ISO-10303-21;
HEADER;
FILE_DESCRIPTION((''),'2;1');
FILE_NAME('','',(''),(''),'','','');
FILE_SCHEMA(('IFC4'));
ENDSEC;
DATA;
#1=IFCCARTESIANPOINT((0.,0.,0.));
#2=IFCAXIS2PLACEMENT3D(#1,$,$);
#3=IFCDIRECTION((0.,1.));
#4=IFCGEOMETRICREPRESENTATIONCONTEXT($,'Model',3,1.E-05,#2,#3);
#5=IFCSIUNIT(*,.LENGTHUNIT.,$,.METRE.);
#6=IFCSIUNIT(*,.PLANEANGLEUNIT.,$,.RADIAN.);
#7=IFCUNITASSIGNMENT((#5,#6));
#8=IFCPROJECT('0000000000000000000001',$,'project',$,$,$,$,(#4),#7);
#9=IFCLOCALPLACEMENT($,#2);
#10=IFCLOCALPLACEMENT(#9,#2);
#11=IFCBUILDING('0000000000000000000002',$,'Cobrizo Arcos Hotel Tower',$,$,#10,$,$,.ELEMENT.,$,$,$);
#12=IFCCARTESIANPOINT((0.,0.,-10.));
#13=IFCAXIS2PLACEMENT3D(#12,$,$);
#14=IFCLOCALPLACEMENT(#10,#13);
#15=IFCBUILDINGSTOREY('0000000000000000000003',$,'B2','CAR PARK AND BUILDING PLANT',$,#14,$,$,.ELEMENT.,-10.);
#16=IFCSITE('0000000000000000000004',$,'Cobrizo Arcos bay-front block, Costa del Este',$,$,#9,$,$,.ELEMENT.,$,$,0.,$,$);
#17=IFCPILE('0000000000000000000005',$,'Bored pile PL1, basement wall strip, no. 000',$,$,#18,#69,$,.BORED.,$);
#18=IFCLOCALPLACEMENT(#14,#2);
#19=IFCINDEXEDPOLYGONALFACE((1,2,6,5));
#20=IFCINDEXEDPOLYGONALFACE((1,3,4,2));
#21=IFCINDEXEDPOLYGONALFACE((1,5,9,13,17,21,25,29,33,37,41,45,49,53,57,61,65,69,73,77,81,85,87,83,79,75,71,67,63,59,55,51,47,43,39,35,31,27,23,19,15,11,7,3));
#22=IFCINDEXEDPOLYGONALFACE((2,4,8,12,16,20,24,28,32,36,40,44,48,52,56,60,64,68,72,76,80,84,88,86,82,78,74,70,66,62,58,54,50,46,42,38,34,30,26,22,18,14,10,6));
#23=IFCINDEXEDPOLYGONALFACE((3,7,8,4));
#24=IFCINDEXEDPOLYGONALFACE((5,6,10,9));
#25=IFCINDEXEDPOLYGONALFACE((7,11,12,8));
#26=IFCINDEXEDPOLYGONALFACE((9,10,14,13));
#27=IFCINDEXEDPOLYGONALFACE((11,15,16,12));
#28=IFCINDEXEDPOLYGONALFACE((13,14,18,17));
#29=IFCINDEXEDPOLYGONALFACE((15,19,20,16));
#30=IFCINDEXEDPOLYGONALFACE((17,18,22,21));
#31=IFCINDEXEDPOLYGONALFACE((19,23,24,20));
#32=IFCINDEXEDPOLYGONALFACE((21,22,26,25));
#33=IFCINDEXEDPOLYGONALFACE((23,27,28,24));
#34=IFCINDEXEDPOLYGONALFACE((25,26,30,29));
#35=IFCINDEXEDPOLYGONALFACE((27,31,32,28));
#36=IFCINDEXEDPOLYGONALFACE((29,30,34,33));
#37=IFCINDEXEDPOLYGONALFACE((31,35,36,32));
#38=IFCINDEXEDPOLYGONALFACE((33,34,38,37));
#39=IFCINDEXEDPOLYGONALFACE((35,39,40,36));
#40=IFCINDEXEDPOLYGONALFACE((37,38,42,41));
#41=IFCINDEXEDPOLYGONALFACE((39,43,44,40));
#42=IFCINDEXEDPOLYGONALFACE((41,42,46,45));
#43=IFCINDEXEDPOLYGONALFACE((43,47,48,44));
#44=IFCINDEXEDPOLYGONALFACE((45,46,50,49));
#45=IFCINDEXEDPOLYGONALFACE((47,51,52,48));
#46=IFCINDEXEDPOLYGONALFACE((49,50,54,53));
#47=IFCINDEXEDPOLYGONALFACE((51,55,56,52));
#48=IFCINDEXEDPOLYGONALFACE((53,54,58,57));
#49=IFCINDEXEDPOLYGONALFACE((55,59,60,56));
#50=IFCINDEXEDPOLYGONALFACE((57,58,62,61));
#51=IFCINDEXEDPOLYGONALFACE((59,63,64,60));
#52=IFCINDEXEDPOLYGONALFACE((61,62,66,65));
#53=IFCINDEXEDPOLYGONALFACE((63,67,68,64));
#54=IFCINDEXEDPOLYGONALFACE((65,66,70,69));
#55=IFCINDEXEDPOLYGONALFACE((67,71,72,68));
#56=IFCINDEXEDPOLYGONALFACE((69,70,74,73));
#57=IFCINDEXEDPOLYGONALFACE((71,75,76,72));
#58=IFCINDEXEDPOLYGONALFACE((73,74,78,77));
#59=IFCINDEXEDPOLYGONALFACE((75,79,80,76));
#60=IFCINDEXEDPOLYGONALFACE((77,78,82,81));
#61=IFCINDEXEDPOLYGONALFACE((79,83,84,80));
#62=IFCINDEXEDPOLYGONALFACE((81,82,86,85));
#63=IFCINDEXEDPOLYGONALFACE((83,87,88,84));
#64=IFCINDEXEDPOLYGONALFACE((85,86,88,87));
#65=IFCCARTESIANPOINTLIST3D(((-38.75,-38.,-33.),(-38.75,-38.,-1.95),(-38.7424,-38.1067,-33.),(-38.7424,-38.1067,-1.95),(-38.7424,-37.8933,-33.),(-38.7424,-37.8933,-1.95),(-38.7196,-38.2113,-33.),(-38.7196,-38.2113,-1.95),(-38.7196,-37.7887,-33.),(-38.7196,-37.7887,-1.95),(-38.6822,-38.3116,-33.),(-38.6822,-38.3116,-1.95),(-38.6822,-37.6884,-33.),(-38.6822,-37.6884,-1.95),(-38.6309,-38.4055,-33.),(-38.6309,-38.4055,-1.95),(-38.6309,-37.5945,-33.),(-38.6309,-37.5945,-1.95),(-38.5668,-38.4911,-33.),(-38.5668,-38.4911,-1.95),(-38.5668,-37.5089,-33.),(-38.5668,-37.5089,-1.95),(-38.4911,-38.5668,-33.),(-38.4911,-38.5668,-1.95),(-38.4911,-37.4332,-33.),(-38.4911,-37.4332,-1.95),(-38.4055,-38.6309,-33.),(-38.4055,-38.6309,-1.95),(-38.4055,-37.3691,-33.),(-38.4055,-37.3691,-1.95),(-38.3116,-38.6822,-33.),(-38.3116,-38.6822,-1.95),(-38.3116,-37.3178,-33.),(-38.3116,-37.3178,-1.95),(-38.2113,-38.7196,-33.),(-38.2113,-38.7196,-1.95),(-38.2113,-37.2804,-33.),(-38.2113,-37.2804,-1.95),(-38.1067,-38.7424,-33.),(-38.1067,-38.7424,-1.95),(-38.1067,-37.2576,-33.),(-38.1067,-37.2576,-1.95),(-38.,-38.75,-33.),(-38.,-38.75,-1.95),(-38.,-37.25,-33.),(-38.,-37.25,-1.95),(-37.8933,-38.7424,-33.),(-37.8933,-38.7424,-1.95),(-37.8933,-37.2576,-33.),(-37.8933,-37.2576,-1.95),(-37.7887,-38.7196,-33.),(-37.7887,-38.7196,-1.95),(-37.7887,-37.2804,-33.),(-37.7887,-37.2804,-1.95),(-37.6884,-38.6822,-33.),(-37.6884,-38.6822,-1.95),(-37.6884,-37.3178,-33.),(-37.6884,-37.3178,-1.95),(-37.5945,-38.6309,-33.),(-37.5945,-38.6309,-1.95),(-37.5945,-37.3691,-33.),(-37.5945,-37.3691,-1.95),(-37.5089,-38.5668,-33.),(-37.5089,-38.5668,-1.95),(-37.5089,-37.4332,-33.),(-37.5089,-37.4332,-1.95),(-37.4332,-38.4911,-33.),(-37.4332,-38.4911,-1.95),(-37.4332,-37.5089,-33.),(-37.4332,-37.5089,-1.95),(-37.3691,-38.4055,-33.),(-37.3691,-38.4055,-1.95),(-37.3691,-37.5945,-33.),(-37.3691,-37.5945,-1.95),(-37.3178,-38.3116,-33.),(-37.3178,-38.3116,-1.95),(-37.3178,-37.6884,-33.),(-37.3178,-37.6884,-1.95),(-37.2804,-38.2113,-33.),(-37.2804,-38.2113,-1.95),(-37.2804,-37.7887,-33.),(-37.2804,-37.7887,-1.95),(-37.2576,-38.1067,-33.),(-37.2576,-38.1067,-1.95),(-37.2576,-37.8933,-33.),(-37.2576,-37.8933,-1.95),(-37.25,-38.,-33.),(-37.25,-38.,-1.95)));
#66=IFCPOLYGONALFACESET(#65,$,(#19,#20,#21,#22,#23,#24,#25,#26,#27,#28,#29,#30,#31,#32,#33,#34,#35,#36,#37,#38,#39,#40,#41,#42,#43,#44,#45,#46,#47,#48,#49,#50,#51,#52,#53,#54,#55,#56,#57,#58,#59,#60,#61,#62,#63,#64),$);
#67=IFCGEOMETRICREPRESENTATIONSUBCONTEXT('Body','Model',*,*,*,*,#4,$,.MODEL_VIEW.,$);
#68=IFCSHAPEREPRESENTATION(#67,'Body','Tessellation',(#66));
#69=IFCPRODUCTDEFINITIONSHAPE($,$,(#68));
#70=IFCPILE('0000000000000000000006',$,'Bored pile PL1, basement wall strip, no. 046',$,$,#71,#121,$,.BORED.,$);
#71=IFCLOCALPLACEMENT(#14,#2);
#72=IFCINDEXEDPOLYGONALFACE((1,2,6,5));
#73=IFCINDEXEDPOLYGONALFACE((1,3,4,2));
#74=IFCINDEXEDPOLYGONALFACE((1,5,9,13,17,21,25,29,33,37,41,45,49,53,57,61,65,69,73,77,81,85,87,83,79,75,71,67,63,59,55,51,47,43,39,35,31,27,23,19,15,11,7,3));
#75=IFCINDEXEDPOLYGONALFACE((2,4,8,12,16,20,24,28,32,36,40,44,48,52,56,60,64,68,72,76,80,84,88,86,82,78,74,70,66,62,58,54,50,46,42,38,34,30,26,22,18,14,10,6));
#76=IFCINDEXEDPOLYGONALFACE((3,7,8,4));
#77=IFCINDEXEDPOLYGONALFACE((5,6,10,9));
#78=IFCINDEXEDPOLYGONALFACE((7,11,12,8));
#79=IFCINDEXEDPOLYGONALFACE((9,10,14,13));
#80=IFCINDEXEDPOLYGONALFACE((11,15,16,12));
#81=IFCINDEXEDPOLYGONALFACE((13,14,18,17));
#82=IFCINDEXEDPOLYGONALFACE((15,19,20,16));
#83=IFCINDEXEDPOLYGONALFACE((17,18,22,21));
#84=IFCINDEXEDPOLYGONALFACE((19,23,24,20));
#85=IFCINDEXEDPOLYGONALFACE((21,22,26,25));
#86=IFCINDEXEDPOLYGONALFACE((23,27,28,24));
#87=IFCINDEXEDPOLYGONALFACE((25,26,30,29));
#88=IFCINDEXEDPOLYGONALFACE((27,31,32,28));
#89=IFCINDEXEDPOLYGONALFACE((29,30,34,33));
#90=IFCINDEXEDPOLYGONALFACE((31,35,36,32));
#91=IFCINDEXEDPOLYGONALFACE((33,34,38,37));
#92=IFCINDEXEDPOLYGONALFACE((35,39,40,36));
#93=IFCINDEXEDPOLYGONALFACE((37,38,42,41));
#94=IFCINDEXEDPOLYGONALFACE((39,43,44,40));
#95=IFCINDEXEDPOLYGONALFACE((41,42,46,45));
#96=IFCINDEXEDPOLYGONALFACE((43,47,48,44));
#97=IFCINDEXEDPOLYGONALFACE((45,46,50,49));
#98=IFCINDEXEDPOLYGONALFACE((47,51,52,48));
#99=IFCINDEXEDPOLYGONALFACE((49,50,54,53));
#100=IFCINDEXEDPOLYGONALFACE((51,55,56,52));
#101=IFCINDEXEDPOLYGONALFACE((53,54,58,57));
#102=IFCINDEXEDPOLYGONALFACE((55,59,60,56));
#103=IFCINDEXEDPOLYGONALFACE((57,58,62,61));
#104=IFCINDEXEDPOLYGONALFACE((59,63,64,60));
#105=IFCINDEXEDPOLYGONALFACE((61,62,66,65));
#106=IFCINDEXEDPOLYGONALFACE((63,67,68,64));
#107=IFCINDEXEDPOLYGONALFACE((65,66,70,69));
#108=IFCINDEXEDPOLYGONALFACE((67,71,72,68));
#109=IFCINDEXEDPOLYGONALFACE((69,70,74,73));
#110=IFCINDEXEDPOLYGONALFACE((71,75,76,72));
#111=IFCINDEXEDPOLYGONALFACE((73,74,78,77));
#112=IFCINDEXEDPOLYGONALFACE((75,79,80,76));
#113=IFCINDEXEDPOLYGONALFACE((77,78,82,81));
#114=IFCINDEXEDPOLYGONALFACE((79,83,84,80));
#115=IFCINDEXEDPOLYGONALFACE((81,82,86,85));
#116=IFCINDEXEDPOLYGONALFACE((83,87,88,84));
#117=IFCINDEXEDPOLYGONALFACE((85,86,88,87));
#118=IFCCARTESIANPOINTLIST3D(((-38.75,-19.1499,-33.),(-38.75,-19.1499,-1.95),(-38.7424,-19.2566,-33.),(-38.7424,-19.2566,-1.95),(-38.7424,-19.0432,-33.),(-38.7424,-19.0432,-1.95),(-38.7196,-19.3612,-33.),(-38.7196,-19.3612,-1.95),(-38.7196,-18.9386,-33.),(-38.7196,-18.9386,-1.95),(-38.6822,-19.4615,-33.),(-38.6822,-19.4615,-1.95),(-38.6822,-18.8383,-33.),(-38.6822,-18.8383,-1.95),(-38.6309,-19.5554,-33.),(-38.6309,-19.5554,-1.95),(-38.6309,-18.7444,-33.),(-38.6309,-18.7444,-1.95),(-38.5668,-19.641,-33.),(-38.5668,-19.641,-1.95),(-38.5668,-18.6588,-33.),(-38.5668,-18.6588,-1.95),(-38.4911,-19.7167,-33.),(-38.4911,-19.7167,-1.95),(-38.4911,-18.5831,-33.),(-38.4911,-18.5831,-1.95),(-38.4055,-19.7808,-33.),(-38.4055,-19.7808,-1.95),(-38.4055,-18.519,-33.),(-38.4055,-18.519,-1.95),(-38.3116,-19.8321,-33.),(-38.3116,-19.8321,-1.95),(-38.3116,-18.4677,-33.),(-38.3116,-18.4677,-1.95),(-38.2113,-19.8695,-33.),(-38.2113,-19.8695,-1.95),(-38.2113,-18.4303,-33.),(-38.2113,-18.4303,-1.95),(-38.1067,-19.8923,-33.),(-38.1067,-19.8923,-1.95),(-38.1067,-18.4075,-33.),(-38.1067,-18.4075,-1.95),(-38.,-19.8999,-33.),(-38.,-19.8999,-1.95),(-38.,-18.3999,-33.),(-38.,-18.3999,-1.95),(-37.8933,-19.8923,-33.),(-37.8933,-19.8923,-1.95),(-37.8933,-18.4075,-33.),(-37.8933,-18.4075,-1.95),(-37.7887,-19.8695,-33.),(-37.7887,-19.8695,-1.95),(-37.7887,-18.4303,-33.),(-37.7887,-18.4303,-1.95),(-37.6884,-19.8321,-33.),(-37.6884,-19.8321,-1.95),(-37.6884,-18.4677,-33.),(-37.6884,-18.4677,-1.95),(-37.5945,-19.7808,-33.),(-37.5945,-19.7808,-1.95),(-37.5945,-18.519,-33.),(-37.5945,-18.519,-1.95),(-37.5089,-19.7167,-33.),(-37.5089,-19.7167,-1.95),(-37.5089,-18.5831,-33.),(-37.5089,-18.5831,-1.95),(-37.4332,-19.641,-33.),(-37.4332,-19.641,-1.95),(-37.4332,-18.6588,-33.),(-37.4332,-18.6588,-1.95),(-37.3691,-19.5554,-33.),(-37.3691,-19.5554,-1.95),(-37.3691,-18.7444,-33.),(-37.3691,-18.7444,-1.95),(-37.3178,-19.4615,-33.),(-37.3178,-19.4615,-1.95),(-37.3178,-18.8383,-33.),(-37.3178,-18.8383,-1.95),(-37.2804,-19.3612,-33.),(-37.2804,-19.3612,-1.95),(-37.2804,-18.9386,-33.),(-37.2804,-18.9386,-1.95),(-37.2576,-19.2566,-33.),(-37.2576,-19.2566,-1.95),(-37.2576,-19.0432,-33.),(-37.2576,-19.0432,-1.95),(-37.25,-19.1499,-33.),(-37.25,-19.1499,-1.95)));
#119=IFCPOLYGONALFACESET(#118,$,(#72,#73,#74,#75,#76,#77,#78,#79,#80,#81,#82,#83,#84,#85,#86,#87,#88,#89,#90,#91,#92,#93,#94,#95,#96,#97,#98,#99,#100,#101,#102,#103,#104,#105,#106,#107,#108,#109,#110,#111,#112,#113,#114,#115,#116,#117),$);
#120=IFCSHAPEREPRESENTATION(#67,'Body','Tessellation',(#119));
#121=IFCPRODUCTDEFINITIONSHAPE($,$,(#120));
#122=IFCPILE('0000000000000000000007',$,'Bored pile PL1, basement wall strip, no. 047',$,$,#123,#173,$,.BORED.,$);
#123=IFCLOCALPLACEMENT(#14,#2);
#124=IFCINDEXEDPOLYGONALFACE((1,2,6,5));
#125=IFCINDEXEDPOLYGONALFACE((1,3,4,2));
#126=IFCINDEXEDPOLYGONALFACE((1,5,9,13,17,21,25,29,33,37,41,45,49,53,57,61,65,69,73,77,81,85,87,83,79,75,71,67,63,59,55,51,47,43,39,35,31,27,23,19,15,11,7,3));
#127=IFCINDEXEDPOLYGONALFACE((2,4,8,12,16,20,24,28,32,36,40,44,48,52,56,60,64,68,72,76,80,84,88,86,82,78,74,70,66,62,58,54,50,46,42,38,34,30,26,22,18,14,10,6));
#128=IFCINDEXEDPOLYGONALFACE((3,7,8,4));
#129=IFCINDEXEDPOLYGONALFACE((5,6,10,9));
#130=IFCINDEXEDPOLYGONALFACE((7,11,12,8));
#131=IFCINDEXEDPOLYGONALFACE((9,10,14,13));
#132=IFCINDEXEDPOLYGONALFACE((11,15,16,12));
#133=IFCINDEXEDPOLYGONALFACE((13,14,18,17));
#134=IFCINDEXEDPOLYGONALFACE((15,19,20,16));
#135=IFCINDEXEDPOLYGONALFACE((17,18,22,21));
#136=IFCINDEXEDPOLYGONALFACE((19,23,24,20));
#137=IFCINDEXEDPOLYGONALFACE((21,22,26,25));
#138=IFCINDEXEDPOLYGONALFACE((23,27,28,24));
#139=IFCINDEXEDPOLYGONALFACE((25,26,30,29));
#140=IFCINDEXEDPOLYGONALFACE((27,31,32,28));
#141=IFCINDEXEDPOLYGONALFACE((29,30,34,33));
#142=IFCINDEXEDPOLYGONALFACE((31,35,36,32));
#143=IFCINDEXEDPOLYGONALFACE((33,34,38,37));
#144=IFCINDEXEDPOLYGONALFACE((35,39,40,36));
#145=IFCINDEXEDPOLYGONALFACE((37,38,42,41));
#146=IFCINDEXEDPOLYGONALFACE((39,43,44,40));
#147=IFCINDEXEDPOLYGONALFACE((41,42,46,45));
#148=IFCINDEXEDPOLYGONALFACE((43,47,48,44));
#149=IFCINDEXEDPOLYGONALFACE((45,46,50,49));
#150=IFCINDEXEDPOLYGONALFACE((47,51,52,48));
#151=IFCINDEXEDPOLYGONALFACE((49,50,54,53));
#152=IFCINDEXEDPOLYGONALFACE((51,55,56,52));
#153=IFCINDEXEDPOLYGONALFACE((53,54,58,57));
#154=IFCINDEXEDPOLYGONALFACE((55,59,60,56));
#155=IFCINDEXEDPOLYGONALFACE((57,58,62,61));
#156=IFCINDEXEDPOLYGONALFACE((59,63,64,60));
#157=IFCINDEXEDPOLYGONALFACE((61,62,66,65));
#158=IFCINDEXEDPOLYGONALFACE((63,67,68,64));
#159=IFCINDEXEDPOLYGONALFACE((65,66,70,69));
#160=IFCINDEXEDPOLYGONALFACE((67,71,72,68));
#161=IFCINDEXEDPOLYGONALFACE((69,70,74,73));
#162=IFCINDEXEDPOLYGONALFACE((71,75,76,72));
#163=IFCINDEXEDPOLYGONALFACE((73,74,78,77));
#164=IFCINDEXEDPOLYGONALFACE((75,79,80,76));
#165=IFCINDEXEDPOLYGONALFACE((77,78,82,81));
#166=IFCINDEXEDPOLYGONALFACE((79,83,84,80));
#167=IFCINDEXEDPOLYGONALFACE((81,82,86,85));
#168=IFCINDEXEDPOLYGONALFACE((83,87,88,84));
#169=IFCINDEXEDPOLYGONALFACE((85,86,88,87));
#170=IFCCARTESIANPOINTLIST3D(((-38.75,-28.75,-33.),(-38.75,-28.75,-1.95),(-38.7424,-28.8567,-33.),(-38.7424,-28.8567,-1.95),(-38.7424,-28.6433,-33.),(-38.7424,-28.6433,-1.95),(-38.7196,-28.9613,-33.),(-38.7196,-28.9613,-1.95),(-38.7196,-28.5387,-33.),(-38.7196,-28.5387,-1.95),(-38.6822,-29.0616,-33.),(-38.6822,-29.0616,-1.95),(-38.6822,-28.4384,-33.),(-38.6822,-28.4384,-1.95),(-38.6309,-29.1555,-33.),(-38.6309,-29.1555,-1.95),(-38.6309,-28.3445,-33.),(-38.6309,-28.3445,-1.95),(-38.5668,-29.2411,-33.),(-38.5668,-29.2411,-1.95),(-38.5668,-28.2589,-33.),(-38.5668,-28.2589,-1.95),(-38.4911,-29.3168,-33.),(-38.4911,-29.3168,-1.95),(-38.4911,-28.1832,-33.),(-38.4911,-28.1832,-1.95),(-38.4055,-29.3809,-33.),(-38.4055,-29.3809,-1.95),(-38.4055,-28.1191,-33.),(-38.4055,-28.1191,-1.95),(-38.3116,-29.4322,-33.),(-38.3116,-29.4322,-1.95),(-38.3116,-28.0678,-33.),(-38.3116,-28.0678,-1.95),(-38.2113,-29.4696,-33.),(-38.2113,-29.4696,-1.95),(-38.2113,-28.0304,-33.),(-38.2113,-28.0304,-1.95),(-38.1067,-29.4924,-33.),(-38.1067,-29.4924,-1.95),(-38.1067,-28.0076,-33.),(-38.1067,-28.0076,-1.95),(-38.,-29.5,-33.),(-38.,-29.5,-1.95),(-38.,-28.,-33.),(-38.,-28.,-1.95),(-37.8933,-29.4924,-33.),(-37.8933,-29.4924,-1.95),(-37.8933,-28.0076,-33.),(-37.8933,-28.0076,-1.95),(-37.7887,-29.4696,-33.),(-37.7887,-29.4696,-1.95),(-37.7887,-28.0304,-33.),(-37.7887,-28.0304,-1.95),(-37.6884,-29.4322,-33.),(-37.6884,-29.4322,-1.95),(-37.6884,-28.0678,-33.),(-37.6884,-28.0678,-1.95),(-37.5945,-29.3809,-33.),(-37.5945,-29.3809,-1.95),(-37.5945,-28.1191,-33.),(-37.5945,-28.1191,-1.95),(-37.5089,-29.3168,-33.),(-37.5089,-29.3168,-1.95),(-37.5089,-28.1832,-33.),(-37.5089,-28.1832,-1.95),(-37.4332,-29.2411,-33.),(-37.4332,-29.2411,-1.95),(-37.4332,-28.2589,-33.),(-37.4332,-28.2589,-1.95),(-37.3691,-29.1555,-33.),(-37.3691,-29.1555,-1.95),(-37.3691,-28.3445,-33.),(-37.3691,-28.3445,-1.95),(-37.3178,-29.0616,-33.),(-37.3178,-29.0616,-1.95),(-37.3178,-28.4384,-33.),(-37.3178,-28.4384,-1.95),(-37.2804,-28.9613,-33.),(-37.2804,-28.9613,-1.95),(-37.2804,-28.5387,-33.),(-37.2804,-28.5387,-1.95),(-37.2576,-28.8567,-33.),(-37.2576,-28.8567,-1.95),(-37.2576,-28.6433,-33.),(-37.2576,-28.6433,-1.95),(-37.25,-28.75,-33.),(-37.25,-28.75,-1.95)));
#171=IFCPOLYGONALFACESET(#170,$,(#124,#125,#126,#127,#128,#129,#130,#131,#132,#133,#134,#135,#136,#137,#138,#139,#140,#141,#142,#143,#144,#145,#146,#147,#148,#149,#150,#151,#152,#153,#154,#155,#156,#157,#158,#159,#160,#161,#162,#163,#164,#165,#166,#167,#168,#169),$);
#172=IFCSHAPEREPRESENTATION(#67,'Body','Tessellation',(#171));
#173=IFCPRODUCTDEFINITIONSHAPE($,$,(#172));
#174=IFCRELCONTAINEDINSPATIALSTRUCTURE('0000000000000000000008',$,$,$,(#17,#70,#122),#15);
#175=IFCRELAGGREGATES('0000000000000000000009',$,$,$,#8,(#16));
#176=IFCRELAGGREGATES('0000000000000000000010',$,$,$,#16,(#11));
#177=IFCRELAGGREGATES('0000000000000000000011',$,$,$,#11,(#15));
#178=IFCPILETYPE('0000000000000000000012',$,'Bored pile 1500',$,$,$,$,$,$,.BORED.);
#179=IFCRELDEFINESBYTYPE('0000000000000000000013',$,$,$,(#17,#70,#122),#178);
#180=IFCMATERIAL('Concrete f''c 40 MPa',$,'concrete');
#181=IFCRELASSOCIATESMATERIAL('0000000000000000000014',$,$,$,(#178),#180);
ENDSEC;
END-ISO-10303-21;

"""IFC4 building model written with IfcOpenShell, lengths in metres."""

from ifc_helpers import new_model, si_unit, direction, frame, origin, origin_2d, place, context, subcontext, project, spatial, circle, extrude, material, material_profile, profile_set, type_object, element, save


model = new_model("IFC4")

# Units and contexts
model_context = context("Model", 3, precision=1e-05, world=origin(), true_north=direction((0.0, 1.0)))
body_context = subcontext(model_context, "Body", "Model", "MODEL_VIEW")
ifc_project = project(units=[si_unit("LENGTHUNIT", "METRE"), si_unit("PLANEANGLEUNIT", "RADIAN")], contexts=[model_context])

# Site, building, storey
site_placement = place(None, origin())
site = spatial("IfcSite", under=ifc_project, at=site_placement, Name="Cobrizo Arcos bay-front block, Costa del Este", CompositionType="ELEMENT", RefElevation=0.0)
building_placement = place(site_placement, origin())
building = spatial("IfcBuilding", under=site, at=building_placement, Name="Cobrizo Arcos Hotel Tower", CompositionType="ELEMENT")
storey_placement = place(building_placement, frame((0.0, 0.0, -10.0)))
storey = spatial("IfcBuildingStorey", under=building, at=storey_placement, Name="B2", Description="CAR PARK AND BUILDING PLANT", CompositionType="ELEMENT", Elevation=-10.0)

# Piles
ifc_material_1 = material(Name="Concrete f'c 40 MPa", Category="concrete")
ifc_material_profile = material_profile(ifc_material_1, circle(Radius=0.75, at=origin_2d()), Name="BORED PILE 1500")
ifc_profile_set = profile_set([ifc_material_profile], Name="Concrete f'c 40 MPa")
pile_type = type_object("IfcPileType", Name="Bored pile 1500", PredefinedType="BORED", material=ifc_profile_set)
for number, where, z_axis, x_axis, name in (
    (1, (-38.0, -38.0, -1.95), (0.0, 0.0, -1.0), (1.0, 0.0, 0.0), "Bored pile PL1, basement wall strip, no. 000"),
    (2, (-38.0, -19.1499, -1.95), (0.0, 0.0, -1.0), (1.0, 0.0, 0.0), "Bored pile PL1, basement wall strip, no. 046"),
    (3, (-38.0, -28.75, -1.95), (0.0, 0.0, -1.0), (1.0, 0.0, 0.0), "Bored pile PL1, basement wall strip, no. 047"),
):
    element("IfcPile", number, at=place(storey_placement, frame(where, z_axis=z_axis, x_axis=x_axis)), inside=storey, type_object=pile_type, Name=name, PredefinedType="BORED", context=body_context, shape_type="SweptSolid", body=[
        extrude(circle(Radius=0.75, at=origin_2d()), origin(), (0.0, 0.0, 1.0), 31.05),
    ])

save(model, "model.ifc")
